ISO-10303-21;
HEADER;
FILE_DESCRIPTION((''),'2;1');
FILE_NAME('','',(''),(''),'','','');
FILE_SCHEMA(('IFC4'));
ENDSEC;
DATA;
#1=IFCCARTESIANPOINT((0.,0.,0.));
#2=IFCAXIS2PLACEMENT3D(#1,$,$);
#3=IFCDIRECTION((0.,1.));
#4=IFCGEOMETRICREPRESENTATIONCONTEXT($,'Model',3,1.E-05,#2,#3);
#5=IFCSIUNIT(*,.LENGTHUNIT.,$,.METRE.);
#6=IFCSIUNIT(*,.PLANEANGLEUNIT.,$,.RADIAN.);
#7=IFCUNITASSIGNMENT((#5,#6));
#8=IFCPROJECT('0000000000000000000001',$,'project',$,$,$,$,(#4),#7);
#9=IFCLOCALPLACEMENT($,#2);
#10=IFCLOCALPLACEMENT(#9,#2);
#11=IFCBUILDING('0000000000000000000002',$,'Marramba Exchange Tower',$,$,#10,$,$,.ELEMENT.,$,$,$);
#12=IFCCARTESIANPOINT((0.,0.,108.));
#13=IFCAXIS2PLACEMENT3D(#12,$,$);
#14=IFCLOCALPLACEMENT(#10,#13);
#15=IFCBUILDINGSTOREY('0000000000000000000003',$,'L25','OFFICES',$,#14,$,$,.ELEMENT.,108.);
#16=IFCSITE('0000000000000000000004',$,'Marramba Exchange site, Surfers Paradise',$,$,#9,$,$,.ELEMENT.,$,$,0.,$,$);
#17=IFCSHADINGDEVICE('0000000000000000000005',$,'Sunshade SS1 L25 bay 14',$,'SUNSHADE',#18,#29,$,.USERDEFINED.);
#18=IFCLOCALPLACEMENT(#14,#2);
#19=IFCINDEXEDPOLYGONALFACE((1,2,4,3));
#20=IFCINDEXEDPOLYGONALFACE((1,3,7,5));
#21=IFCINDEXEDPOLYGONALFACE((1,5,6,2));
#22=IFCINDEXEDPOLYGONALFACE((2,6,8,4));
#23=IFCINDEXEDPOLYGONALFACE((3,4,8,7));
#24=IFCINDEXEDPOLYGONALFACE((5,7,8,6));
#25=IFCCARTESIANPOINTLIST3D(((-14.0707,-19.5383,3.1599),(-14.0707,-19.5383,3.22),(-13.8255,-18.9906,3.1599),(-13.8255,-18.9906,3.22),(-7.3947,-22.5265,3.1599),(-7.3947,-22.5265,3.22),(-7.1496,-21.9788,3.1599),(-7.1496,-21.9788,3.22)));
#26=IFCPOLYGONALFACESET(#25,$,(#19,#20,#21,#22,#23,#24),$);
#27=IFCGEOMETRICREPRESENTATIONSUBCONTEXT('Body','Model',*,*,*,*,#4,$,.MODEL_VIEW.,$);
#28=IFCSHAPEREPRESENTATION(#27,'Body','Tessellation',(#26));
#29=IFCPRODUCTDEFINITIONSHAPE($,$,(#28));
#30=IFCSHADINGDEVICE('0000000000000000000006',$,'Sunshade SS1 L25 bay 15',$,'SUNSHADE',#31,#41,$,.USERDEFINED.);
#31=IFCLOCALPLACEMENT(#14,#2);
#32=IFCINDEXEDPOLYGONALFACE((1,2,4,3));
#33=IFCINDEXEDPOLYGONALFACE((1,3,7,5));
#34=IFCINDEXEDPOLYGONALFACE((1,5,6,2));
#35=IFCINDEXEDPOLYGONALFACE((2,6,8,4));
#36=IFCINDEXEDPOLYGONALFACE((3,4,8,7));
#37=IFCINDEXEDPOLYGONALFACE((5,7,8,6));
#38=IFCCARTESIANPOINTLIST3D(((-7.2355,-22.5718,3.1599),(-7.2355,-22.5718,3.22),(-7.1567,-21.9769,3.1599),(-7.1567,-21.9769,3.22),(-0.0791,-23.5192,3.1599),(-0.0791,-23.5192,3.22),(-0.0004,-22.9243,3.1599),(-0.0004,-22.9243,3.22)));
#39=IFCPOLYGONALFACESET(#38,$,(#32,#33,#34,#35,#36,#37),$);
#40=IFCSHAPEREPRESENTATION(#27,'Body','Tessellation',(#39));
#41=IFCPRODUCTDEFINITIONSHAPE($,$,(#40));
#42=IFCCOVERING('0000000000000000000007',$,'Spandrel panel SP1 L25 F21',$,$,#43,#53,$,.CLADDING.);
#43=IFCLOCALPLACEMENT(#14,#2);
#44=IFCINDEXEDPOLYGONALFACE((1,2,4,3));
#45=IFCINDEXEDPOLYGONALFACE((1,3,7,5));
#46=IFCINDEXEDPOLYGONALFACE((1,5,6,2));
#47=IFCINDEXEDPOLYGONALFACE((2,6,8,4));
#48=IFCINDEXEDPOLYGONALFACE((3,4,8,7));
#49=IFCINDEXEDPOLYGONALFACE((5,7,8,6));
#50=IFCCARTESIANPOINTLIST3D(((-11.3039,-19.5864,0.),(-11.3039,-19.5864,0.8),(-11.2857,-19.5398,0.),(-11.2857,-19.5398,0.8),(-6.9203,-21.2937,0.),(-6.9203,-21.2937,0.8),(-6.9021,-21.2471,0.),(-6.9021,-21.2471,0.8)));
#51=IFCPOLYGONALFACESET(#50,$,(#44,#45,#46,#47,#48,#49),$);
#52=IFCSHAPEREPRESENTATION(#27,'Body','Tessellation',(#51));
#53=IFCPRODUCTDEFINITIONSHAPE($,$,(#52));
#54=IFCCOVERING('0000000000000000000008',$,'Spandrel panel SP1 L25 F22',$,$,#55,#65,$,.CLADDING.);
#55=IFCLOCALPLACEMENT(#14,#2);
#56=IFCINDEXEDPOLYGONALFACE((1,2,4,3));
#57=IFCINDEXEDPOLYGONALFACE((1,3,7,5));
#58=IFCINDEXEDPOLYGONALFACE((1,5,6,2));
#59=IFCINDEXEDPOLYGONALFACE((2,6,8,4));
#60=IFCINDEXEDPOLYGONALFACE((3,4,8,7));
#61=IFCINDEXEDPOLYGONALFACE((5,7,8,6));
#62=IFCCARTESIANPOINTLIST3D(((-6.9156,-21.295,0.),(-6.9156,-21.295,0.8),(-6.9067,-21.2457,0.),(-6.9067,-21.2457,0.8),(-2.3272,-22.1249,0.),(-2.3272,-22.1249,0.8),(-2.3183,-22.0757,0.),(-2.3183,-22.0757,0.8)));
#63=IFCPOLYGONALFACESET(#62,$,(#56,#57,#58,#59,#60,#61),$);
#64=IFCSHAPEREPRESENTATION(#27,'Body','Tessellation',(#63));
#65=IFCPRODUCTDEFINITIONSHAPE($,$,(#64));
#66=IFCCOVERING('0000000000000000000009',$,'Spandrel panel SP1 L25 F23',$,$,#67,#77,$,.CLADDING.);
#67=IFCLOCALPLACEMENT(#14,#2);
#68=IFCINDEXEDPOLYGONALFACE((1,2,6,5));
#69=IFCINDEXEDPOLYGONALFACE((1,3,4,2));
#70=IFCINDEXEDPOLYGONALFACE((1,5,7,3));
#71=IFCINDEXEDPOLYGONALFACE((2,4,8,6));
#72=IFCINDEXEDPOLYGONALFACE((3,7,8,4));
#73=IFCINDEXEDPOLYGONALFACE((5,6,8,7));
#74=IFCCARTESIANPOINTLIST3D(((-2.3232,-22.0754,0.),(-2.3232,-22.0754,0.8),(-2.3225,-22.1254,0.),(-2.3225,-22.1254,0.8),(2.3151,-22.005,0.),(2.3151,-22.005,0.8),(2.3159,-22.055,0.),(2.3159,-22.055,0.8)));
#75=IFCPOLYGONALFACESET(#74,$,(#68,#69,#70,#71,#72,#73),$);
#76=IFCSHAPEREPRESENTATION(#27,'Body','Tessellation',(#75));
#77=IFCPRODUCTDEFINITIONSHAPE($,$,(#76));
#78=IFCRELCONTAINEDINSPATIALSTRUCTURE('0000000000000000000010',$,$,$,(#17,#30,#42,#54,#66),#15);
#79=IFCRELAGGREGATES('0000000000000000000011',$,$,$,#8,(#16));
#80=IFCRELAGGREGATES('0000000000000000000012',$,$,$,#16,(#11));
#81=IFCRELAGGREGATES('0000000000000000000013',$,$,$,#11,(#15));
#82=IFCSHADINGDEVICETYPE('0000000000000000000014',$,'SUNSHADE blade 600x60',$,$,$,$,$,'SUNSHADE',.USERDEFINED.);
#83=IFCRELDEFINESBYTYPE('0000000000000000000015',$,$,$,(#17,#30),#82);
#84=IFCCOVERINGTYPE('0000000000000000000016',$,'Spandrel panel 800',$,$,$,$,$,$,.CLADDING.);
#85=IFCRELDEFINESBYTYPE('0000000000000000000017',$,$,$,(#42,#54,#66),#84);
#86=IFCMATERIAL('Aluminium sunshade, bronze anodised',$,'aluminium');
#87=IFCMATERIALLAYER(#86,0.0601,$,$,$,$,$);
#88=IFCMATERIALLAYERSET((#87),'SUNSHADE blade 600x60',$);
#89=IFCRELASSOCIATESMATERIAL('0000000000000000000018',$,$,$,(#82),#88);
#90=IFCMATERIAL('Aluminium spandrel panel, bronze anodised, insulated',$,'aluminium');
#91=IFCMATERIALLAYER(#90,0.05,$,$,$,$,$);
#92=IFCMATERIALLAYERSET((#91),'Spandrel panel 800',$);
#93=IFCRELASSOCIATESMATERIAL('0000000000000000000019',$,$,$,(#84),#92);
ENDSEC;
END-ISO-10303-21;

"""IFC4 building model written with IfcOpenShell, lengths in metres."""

from ifc_helpers import new_model, si_unit, direction, frame, origin, origin_2d, place, context, subcontext, project, spatial, rectangle, extrude, material, layer, layer_set, type_object, element, save


model = new_model("IFC4")

# Units and contexts
model_context = context("Model", 3, precision=1e-05, world=origin(), true_north=direction((0.0, 1.0)))
body_context = subcontext(model_context, "Body", "Model", "MODEL_VIEW")
ifc_project = project(units=[si_unit("LENGTHUNIT", "METRE"), si_unit("PLANEANGLEUNIT", "RADIAN")], contexts=[model_context])

# Site, building, storey
site_placement = place(None, origin())
site = spatial("IfcSite", under=ifc_project, at=site_placement, Name="Marramba Exchange site, Surfers Paradise", CompositionType="ELEMENT", RefElevation=0.0)
building_placement = place(site_placement, origin())
building = spatial("IfcBuilding", under=site, at=building_placement, Name="Marramba Exchange Tower", CompositionType="ELEMENT")
storey_placement = place(building_placement, frame((0.0, 0.0, 108.0)))
storey = spatial("IfcBuildingStorey", under=building, at=storey_placement, Name="L25", Description="OFFICES", CompositionType="ELEMENT", Elevation=108.0)

# Shading devices
ifc_material_1 = material(Name="Aluminium sunshade, bronze anodised", Category="aluminium")
ifc_layer_1 = layer(ifc_material_1, 0.0601)
ifc_layer_set_1 = layer_set([ifc_layer_1], Name="SUNSHADE blade 600x60")
shading_device_type_1 = type_object("IfcShadingDeviceType", Name="SUNSHADE blade 600x60", ElementType="SUNSHADE", PredefinedType="USERDEFINED", material=ifc_layer_set_1)
shading_device_1_placement = place(storey_placement, frame((-10.6101, -20.7585, 3.1599), z_axis=(0.0, 0.0, 1.0), x_axis=(0.912736, -0.40855, 0.0)))
element("IfcShadingDevice", 1, at=shading_device_1_placement, inside=storey, type_object=shading_device_type_1, Name="Sunshade SS1 L25 bay 14", ObjectType="SUNSHADE", PredefinedType="USERDEFINED", context=body_context, shape_type="SweptSolid", body=[
    extrude(rectangle(XDim=7.3142, YDim=0.6001, at=origin_2d()), origin(), (0.0, 0.0, 1.0), 0.0601),
])
shading_device_2_placement = place(storey_placement, frame((-3.6179, -22.748, 3.1599), z_axis=(0.0, 0.0, 1.0), x_axis=(0.99135, -0.131241, 0.0)))
element("IfcShadingDevice", 2, at=shading_device_2_placement, inside=storey, type_object=shading_device_type_1, Name="Sunshade SS1 L25 bay 15", ObjectType="SUNSHADE", PredefinedType="USERDEFINED", context=body_context, shape_type="SweptSolid", body=[
    extrude(rectangle(XDim=7.2188, YDim=0.6001, at=origin_2d()), origin(), (0.0, 0.0, 1.0), 0.0601),
])

# Coverings
ifc_material_2 = material(Name="Aluminium spandrel panel, bronze anodised, insulated", Category="aluminium")
ifc_layer_2 = layer(ifc_material_2, 0.05)
ifc_layer_set_2 = layer_set([ifc_layer_2], Name="Spandrel panel 800")
covering_type = type_object("IfcCoveringType", Name="Spandrel panel 800", PredefinedType="CLADDING", material=ifc_layer_set_2)
covering_1_placement = place(storey_placement, frame((-9.103, -20.4167, 0.0), z_axis=(0.0, 0.0, 1.0), x_axis=(0.931818, -0.362925, 0.0)))
element("IfcCovering", 3, at=covering_1_placement, inside=storey, type_object=covering_type, Name="Spandrel panel SP1 L25 F21", PredefinedType="CLADDING", context=body_context, shape_type="SweptSolid", body=[
    extrude(rectangle(XDim=4.7043, YDim=0.05, at=origin_2d()), origin(), (0.0, 0.0, 1.0), 0.8),
])
covering_2_placement = place(storey_placement, frame((-4.6169, -21.6853, 0.0), z_axis=(0.0, 0.0, 1.0), x_axis=(0.984032, -0.177992, 0.0)))
element("IfcCovering", 4, at=covering_2_placement, inside=storey, type_object=covering_type, Name="Spandrel panel SP1 L25 F22", PredefinedType="CLADDING", context=body_context, shape_type="SweptSolid", body=[
    extrude(rectangle(XDim=4.6628, YDim=0.05, at=origin_2d()), origin(), (0.0, 0.0, 1.0), 0.8),
])
covering_3_placement = place(storey_placement, frame((-0.0037, -22.0652, 0.0), z_axis=(0.0, 0.0, 1.0), x_axis=(0.999885, 0.015179, 0.0)))
element("IfcCovering", 5, at=covering_3_placement, inside=storey, type_object=covering_type, Name="Spandrel panel SP1 L25 F23", PredefinedType="CLADDING", context=body_context, shape_type="SweptSolid", body=[
    extrude(rectangle(XDim=4.6389, YDim=0.05, at=origin_2d()), origin(), (0.0, 0.0, 1.0), 0.8),
])

save(model, "model.ifc")
